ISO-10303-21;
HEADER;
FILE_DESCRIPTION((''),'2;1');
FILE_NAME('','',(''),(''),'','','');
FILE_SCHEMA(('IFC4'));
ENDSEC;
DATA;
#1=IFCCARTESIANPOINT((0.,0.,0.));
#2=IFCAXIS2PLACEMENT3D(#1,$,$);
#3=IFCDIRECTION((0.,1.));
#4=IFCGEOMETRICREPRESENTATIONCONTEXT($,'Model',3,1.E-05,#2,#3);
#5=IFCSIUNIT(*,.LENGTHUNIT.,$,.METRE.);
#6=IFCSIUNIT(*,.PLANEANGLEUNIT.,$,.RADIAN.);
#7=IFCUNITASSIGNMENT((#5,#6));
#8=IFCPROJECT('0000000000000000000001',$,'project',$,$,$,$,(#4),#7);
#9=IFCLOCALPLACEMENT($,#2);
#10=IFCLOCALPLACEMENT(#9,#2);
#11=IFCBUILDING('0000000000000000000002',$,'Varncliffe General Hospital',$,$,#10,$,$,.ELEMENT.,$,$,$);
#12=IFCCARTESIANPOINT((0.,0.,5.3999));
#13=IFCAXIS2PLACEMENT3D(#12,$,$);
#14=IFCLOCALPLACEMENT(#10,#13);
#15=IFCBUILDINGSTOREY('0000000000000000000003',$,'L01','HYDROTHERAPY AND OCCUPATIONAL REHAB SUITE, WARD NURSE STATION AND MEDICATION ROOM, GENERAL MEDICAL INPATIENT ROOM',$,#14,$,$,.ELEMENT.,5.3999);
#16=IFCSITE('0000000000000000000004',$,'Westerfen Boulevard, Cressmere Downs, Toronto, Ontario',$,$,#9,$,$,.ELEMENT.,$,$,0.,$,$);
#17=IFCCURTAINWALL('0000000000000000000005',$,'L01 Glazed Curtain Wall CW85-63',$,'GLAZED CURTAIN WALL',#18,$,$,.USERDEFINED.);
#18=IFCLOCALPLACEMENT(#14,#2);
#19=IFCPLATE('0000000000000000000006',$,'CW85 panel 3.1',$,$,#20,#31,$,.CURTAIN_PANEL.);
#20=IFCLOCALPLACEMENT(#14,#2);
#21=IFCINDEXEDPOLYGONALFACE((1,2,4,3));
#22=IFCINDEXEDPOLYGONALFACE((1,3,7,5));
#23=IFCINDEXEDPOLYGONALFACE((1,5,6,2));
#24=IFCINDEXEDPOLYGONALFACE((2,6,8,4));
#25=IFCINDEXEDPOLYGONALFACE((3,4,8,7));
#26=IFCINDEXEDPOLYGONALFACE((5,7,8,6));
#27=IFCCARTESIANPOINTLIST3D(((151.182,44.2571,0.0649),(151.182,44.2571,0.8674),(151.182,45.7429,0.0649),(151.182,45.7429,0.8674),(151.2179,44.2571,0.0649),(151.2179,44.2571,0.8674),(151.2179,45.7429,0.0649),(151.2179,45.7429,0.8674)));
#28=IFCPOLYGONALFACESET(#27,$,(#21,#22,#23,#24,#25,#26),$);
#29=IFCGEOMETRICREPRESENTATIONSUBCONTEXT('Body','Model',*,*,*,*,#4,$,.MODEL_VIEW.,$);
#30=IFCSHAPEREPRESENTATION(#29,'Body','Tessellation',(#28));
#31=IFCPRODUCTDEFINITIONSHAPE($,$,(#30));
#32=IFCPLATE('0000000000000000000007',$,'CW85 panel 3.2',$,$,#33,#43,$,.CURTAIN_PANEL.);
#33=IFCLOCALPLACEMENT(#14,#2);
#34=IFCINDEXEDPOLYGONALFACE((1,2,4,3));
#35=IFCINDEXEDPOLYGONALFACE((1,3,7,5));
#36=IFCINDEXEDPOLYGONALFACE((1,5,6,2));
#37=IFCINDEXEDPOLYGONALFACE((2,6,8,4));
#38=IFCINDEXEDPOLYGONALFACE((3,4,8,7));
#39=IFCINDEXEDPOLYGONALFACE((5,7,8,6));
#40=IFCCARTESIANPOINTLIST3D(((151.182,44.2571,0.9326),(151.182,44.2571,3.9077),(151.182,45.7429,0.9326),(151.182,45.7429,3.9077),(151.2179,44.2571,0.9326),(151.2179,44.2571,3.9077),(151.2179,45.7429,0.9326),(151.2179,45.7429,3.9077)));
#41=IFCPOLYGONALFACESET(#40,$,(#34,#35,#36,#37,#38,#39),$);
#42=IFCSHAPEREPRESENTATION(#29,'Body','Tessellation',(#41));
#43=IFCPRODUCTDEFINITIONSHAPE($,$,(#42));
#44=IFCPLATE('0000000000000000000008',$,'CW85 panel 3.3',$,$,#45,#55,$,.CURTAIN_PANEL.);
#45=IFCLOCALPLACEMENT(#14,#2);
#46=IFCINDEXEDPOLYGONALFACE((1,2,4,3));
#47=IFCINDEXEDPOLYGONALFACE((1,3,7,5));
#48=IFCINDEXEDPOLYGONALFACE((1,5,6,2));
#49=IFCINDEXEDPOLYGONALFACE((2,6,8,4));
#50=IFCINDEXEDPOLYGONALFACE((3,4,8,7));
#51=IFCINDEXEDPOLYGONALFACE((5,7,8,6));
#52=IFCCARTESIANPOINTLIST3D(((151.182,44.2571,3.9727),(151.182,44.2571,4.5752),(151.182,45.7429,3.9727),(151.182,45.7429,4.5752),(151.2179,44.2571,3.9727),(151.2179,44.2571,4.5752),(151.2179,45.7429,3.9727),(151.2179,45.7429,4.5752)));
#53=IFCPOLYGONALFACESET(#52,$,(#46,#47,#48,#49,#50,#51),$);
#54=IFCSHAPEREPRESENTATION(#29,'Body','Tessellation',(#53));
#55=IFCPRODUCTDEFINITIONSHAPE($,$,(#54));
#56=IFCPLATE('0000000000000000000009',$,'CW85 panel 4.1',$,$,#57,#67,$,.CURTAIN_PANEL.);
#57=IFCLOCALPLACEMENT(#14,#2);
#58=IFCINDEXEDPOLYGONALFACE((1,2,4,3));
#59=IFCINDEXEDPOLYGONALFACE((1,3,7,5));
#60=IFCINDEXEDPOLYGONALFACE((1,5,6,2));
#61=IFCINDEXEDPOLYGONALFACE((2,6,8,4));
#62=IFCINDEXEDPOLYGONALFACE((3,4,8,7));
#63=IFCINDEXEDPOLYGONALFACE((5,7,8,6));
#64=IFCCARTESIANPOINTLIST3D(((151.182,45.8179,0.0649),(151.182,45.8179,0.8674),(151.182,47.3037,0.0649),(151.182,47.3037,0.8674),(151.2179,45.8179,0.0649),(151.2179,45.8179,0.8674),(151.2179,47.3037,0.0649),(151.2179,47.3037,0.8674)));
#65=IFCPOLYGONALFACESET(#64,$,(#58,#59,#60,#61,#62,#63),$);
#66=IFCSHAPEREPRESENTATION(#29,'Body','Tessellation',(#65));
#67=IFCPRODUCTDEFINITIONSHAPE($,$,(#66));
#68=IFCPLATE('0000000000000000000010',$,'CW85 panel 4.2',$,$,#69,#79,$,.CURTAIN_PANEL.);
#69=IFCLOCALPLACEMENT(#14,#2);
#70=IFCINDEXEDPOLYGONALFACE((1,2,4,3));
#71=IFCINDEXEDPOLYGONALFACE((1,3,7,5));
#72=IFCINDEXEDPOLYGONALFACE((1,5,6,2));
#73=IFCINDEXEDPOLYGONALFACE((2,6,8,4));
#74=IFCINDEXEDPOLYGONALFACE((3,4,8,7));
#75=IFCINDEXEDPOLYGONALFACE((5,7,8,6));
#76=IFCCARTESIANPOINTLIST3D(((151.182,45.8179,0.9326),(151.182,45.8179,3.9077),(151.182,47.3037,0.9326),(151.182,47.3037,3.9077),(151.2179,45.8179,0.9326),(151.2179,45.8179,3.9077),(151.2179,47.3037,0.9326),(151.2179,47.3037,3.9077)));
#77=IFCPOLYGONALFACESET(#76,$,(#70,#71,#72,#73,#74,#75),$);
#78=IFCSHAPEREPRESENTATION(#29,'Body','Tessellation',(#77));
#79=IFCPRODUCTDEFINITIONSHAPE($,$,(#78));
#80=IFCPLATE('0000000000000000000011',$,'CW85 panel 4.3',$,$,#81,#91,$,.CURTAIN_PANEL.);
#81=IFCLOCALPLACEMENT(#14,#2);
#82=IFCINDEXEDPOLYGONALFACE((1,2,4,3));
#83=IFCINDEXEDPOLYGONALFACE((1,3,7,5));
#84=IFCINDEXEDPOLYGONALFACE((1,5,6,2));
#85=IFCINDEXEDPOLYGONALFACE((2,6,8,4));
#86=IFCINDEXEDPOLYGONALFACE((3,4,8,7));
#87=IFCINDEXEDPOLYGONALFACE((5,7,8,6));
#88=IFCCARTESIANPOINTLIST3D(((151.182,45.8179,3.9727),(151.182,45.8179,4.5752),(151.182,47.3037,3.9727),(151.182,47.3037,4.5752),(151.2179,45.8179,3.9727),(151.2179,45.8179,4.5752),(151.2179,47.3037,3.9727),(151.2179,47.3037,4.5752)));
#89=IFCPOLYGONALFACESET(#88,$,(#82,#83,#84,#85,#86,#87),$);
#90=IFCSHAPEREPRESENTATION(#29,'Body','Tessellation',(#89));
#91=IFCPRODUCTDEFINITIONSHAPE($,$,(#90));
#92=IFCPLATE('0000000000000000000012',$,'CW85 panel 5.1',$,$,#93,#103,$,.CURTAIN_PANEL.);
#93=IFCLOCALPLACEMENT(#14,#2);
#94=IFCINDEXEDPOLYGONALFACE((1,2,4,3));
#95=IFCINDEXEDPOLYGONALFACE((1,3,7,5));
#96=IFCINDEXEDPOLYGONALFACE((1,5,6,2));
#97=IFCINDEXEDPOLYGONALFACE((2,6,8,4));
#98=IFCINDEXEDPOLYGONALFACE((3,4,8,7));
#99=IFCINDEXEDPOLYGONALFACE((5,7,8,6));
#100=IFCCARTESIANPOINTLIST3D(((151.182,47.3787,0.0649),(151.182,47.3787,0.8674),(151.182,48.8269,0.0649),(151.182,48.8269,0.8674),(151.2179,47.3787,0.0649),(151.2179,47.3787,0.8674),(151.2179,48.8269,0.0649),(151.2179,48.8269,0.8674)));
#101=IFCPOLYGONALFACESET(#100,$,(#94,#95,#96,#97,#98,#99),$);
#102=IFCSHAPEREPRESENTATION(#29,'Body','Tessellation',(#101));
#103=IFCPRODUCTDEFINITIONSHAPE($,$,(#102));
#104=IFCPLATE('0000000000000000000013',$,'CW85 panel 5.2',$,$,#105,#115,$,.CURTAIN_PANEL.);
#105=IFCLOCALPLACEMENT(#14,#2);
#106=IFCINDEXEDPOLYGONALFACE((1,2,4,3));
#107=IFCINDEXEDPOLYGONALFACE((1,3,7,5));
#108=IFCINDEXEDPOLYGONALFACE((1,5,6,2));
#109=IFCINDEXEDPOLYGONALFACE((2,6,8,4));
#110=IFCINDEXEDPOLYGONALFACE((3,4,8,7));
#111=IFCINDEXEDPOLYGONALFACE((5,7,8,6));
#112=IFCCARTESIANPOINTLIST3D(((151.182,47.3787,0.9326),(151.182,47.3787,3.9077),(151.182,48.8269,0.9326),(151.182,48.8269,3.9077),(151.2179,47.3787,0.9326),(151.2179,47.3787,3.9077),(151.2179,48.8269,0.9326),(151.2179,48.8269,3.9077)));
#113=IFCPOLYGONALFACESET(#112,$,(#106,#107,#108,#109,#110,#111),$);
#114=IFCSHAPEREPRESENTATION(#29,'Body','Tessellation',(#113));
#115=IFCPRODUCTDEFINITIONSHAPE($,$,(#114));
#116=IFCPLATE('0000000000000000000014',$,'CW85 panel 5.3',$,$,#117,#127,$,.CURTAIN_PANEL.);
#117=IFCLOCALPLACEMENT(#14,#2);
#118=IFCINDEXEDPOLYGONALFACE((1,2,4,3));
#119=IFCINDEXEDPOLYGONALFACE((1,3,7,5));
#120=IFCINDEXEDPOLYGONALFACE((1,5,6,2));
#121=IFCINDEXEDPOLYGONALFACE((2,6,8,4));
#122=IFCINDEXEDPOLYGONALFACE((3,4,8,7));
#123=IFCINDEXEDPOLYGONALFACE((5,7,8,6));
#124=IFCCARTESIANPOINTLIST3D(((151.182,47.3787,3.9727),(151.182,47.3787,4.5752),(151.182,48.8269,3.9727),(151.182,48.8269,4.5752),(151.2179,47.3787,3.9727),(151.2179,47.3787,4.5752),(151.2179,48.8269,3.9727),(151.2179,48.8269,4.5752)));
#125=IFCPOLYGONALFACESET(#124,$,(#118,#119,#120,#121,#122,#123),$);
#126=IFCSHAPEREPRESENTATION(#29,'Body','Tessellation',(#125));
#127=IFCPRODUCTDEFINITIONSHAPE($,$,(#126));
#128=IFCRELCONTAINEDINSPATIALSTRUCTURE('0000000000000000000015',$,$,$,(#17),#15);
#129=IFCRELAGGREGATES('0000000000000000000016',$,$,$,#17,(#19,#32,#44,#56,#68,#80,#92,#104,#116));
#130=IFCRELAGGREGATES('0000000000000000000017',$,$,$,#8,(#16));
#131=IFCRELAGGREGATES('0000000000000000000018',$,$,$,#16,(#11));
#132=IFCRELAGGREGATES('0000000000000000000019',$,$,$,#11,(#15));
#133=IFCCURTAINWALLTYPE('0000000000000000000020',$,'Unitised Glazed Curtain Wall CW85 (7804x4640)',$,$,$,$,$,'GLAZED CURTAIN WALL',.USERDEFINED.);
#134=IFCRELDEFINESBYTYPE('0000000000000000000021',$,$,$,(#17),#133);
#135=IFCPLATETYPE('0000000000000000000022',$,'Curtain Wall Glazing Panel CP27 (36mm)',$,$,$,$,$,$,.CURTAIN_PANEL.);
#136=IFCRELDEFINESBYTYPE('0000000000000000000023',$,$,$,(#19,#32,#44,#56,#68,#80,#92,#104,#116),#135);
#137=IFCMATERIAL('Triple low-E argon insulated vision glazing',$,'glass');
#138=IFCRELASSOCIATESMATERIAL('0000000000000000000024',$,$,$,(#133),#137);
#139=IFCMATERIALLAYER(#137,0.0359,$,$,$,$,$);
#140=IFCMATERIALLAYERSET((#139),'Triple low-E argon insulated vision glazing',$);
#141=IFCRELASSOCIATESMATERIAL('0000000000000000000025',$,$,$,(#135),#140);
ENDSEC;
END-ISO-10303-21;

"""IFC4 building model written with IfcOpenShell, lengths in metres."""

from ifc_helpers import new_model, si_unit, direction, frame, origin, origin_2d, place, context, subcontext, project, spatial, rectangle, extrude, material, layer, layer_set, type_object, element, aggregate, save


model = new_model("IFC4")

# Units and contexts
model_context = context("Model", 3, precision=1e-05, world=origin(), true_north=direction((0.0, 1.0)))
body_context = subcontext(model_context, "Body", "Model", "MODEL_VIEW")
ifc_project = project(units=[si_unit("LENGTHUNIT", "METRE"), si_unit("PLANEANGLEUNIT", "RADIAN")], contexts=[model_context])

# Site, building, storey
site_placement = place(None, origin())
site = spatial("IfcSite", under=ifc_project, at=site_placement, Name="Westerfen Boulevard, Cressmere Downs, Toronto, Ontario", CompositionType="ELEMENT", RefElevation=0.0)
building_placement = place(site_placement, origin())
building = spatial("IfcBuilding", under=site, at=building_placement, Name="Varncliffe General Hospital", CompositionType="ELEMENT")
storey_placement = place(building_placement, frame((0.0, 0.0, 5.3999)))
storey = spatial("IfcBuildingStorey", under=building, at=storey_placement, Name="L01", Description="HYDROTHERAPY AND OCCUPATIONAL REHAB SUITE, WARD NURSE STATION AND MEDICATION ROOM, GENERAL MEDICAL INPATIENT ROOM", CompositionType="ELEMENT", Elevation=5.3999)

# Curtain wall, plates
ifc_material_1 = material(Name="Triple low-E argon insulated vision glazing", Category="glass")
curtain_wall_type = type_object("IfcCurtainWallType", Name="Unitised Glazed Curtain Wall CW85 (7804x4640)", ElementType="GLAZED CURTAIN WALL", PredefinedType="USERDEFINED", material=ifc_material_1)
curtain_wall_placement = place(storey_placement, origin())
curtain_wall = element("IfcCurtainWall", 1, at=curtain_wall_placement, inside=storey, type_object=curtain_wall_type, Name="L01 Glazed Curtain Wall CW85-63", ObjectType="GLAZED CURTAIN WALL", PredefinedType="USERDEFINED")
ifc_layer = layer(ifc_material_1, 0.0359)
ifc_layer_set = layer_set([ifc_layer], Name="Triple low-E argon insulated vision glazing")
plate_type = type_object("IfcPlateType", Name="Curtain Wall Glazing Panel CP27 (36mm)", PredefinedType="CURTAIN_PANEL", material=ifc_layer_set)
plate_1_placement = place(storey_placement, frame((151.2, 45.0, 0.0649), z_axis=(0.0, 0.0, 1.0), x_axis=(0.0, 1.0, 0.0)))
plate_1 = element("IfcPlate", 2, at=plate_1_placement, type_object=plate_type, Name="CW85 panel 3.1", PredefinedType="CURTAIN_PANEL", context=body_context, shape_type="SweptSolid", body=[
    extrude(rectangle(XDim=1.4858, YDim=0.0359, at=origin_2d()), origin(), (0.0, 0.0, 1.0), 0.8025),
])
plate_2_placement = place(storey_placement, frame((151.2, 45.0, 0.9326), z_axis=(0.0, 0.0, 1.0), x_axis=(0.0, 1.0, 0.0)))
plate_2 = element("IfcPlate", 3, at=plate_2_placement, type_object=plate_type, Name="CW85 panel 3.2", PredefinedType="CURTAIN_PANEL", context=body_context, shape_type="SweptSolid", body=[
    extrude(rectangle(XDim=1.4858, YDim=0.0359, at=origin_2d()), origin(), (0.0, 0.0, 1.0), 2.9751),
])
plate_3_placement = place(storey_placement, frame((151.2, 45.0, 3.9727), z_axis=(0.0, 0.0, 1.0), x_axis=(0.0, 1.0, 0.0)))
plate_3 = element("IfcPlate", 4, at=plate_3_placement, type_object=plate_type, Name="CW85 panel 3.3", PredefinedType="CURTAIN_PANEL", context=body_context, shape_type="SweptSolid", body=[
    extrude(rectangle(XDim=1.4858, YDim=0.0359, at=origin_2d()), origin(), (0.0, 0.0, 1.0), 0.6025),
])
plate_4_placement = place(storey_placement, frame((151.2, 46.5608, 0.0649), z_axis=(0.0, 0.0, 1.0), x_axis=(0.0, 1.0, 0.0)))
plate_4 = element("IfcPlate", 5, at=plate_4_placement, type_object=plate_type, Name="CW85 panel 4.1", PredefinedType="CURTAIN_PANEL", context=body_context, shape_type="SweptSolid", body=[
    extrude(rectangle(XDim=1.4858, YDim=0.0359, at=origin_2d()), origin(), (0.0, 0.0, 1.0), 0.8025),
])
plate_5_placement = place(storey_placement, frame((151.2, 46.5608, 0.9326), z_axis=(0.0, 0.0, 1.0), x_axis=(0.0, 1.0, 0.0)))
plate_5 = element("IfcPlate", 6, at=plate_5_placement, type_object=plate_type, Name="CW85 panel 4.2", PredefinedType="CURTAIN_PANEL", context=body_context, shape_type="SweptSolid", body=[
    extrude(rectangle(XDim=1.4858, YDim=0.0359, at=origin_2d()), origin(), (0.0, 0.0, 1.0), 2.9751),
])
plate_6_placement = place(storey_placement, frame((151.2, 46.5608, 3.9727), z_axis=(0.0, 0.0, 1.0), x_axis=(0.0, 1.0, 0.0)))
plate_6 = element("IfcPlate", 7, at=plate_6_placement, type_object=plate_type, Name="CW85 panel 4.3", PredefinedType="CURTAIN_PANEL", context=body_context, shape_type="SweptSolid", body=[
    extrude(rectangle(XDim=1.4858, YDim=0.0359, at=origin_2d()), origin(), (0.0, 0.0, 1.0), 0.6025),
])
plate_7_placement = place(storey_placement, frame((151.2, 48.1028, 0.0649), z_axis=(0.0, 0.0, 1.0), x_axis=(0.0, 1.0, 0.0)))
plate_7 = element("IfcPlate", 8, at=plate_7_placement, type_object=plate_type, Name="CW85 panel 5.1", PredefinedType="CURTAIN_PANEL", context=body_context, shape_type="SweptSolid", body=[
    extrude(rectangle(XDim=1.4482, YDim=0.0359, at=origin_2d()), origin(), (0.0, 0.0, 1.0), 0.8025),
])
plate_8_placement = place(storey_placement, frame((151.2, 48.1028, 0.9326), z_axis=(0.0, 0.0, 1.0), x_axis=(0.0, 1.0, 0.0)))
plate_8 = element("IfcPlate", 9, at=plate_8_placement, type_object=plate_type, Name="CW85 panel 5.2", PredefinedType="CURTAIN_PANEL", context=body_context, shape_type="SweptSolid", body=[
    extrude(rectangle(XDim=1.4482, YDim=0.0359, at=origin_2d()), origin(), (0.0, 0.0, 1.0), 2.9751),
])
plate_9_placement = place(storey_placement, frame((151.2, 48.1028, 3.9727), z_axis=(0.0, 0.0, 1.0), x_axis=(0.0, 1.0, 0.0)))
plate_9 = element("IfcPlate", 10, at=plate_9_placement, type_object=plate_type, Name="CW85 panel 5.3", PredefinedType="CURTAIN_PANEL", context=body_context, shape_type="SweptSolid", body=[
    extrude(rectangle(XDim=1.4482, YDim=0.0359, at=origin_2d()), origin(), (0.0, 0.0, 1.0), 0.6025),
])
aggregate(curtain_wall, [plate_1, plate_2, plate_3, plate_4, plate_5, plate_6, plate_7, plate_8, plate_9])

save(model, "model.ifc")
